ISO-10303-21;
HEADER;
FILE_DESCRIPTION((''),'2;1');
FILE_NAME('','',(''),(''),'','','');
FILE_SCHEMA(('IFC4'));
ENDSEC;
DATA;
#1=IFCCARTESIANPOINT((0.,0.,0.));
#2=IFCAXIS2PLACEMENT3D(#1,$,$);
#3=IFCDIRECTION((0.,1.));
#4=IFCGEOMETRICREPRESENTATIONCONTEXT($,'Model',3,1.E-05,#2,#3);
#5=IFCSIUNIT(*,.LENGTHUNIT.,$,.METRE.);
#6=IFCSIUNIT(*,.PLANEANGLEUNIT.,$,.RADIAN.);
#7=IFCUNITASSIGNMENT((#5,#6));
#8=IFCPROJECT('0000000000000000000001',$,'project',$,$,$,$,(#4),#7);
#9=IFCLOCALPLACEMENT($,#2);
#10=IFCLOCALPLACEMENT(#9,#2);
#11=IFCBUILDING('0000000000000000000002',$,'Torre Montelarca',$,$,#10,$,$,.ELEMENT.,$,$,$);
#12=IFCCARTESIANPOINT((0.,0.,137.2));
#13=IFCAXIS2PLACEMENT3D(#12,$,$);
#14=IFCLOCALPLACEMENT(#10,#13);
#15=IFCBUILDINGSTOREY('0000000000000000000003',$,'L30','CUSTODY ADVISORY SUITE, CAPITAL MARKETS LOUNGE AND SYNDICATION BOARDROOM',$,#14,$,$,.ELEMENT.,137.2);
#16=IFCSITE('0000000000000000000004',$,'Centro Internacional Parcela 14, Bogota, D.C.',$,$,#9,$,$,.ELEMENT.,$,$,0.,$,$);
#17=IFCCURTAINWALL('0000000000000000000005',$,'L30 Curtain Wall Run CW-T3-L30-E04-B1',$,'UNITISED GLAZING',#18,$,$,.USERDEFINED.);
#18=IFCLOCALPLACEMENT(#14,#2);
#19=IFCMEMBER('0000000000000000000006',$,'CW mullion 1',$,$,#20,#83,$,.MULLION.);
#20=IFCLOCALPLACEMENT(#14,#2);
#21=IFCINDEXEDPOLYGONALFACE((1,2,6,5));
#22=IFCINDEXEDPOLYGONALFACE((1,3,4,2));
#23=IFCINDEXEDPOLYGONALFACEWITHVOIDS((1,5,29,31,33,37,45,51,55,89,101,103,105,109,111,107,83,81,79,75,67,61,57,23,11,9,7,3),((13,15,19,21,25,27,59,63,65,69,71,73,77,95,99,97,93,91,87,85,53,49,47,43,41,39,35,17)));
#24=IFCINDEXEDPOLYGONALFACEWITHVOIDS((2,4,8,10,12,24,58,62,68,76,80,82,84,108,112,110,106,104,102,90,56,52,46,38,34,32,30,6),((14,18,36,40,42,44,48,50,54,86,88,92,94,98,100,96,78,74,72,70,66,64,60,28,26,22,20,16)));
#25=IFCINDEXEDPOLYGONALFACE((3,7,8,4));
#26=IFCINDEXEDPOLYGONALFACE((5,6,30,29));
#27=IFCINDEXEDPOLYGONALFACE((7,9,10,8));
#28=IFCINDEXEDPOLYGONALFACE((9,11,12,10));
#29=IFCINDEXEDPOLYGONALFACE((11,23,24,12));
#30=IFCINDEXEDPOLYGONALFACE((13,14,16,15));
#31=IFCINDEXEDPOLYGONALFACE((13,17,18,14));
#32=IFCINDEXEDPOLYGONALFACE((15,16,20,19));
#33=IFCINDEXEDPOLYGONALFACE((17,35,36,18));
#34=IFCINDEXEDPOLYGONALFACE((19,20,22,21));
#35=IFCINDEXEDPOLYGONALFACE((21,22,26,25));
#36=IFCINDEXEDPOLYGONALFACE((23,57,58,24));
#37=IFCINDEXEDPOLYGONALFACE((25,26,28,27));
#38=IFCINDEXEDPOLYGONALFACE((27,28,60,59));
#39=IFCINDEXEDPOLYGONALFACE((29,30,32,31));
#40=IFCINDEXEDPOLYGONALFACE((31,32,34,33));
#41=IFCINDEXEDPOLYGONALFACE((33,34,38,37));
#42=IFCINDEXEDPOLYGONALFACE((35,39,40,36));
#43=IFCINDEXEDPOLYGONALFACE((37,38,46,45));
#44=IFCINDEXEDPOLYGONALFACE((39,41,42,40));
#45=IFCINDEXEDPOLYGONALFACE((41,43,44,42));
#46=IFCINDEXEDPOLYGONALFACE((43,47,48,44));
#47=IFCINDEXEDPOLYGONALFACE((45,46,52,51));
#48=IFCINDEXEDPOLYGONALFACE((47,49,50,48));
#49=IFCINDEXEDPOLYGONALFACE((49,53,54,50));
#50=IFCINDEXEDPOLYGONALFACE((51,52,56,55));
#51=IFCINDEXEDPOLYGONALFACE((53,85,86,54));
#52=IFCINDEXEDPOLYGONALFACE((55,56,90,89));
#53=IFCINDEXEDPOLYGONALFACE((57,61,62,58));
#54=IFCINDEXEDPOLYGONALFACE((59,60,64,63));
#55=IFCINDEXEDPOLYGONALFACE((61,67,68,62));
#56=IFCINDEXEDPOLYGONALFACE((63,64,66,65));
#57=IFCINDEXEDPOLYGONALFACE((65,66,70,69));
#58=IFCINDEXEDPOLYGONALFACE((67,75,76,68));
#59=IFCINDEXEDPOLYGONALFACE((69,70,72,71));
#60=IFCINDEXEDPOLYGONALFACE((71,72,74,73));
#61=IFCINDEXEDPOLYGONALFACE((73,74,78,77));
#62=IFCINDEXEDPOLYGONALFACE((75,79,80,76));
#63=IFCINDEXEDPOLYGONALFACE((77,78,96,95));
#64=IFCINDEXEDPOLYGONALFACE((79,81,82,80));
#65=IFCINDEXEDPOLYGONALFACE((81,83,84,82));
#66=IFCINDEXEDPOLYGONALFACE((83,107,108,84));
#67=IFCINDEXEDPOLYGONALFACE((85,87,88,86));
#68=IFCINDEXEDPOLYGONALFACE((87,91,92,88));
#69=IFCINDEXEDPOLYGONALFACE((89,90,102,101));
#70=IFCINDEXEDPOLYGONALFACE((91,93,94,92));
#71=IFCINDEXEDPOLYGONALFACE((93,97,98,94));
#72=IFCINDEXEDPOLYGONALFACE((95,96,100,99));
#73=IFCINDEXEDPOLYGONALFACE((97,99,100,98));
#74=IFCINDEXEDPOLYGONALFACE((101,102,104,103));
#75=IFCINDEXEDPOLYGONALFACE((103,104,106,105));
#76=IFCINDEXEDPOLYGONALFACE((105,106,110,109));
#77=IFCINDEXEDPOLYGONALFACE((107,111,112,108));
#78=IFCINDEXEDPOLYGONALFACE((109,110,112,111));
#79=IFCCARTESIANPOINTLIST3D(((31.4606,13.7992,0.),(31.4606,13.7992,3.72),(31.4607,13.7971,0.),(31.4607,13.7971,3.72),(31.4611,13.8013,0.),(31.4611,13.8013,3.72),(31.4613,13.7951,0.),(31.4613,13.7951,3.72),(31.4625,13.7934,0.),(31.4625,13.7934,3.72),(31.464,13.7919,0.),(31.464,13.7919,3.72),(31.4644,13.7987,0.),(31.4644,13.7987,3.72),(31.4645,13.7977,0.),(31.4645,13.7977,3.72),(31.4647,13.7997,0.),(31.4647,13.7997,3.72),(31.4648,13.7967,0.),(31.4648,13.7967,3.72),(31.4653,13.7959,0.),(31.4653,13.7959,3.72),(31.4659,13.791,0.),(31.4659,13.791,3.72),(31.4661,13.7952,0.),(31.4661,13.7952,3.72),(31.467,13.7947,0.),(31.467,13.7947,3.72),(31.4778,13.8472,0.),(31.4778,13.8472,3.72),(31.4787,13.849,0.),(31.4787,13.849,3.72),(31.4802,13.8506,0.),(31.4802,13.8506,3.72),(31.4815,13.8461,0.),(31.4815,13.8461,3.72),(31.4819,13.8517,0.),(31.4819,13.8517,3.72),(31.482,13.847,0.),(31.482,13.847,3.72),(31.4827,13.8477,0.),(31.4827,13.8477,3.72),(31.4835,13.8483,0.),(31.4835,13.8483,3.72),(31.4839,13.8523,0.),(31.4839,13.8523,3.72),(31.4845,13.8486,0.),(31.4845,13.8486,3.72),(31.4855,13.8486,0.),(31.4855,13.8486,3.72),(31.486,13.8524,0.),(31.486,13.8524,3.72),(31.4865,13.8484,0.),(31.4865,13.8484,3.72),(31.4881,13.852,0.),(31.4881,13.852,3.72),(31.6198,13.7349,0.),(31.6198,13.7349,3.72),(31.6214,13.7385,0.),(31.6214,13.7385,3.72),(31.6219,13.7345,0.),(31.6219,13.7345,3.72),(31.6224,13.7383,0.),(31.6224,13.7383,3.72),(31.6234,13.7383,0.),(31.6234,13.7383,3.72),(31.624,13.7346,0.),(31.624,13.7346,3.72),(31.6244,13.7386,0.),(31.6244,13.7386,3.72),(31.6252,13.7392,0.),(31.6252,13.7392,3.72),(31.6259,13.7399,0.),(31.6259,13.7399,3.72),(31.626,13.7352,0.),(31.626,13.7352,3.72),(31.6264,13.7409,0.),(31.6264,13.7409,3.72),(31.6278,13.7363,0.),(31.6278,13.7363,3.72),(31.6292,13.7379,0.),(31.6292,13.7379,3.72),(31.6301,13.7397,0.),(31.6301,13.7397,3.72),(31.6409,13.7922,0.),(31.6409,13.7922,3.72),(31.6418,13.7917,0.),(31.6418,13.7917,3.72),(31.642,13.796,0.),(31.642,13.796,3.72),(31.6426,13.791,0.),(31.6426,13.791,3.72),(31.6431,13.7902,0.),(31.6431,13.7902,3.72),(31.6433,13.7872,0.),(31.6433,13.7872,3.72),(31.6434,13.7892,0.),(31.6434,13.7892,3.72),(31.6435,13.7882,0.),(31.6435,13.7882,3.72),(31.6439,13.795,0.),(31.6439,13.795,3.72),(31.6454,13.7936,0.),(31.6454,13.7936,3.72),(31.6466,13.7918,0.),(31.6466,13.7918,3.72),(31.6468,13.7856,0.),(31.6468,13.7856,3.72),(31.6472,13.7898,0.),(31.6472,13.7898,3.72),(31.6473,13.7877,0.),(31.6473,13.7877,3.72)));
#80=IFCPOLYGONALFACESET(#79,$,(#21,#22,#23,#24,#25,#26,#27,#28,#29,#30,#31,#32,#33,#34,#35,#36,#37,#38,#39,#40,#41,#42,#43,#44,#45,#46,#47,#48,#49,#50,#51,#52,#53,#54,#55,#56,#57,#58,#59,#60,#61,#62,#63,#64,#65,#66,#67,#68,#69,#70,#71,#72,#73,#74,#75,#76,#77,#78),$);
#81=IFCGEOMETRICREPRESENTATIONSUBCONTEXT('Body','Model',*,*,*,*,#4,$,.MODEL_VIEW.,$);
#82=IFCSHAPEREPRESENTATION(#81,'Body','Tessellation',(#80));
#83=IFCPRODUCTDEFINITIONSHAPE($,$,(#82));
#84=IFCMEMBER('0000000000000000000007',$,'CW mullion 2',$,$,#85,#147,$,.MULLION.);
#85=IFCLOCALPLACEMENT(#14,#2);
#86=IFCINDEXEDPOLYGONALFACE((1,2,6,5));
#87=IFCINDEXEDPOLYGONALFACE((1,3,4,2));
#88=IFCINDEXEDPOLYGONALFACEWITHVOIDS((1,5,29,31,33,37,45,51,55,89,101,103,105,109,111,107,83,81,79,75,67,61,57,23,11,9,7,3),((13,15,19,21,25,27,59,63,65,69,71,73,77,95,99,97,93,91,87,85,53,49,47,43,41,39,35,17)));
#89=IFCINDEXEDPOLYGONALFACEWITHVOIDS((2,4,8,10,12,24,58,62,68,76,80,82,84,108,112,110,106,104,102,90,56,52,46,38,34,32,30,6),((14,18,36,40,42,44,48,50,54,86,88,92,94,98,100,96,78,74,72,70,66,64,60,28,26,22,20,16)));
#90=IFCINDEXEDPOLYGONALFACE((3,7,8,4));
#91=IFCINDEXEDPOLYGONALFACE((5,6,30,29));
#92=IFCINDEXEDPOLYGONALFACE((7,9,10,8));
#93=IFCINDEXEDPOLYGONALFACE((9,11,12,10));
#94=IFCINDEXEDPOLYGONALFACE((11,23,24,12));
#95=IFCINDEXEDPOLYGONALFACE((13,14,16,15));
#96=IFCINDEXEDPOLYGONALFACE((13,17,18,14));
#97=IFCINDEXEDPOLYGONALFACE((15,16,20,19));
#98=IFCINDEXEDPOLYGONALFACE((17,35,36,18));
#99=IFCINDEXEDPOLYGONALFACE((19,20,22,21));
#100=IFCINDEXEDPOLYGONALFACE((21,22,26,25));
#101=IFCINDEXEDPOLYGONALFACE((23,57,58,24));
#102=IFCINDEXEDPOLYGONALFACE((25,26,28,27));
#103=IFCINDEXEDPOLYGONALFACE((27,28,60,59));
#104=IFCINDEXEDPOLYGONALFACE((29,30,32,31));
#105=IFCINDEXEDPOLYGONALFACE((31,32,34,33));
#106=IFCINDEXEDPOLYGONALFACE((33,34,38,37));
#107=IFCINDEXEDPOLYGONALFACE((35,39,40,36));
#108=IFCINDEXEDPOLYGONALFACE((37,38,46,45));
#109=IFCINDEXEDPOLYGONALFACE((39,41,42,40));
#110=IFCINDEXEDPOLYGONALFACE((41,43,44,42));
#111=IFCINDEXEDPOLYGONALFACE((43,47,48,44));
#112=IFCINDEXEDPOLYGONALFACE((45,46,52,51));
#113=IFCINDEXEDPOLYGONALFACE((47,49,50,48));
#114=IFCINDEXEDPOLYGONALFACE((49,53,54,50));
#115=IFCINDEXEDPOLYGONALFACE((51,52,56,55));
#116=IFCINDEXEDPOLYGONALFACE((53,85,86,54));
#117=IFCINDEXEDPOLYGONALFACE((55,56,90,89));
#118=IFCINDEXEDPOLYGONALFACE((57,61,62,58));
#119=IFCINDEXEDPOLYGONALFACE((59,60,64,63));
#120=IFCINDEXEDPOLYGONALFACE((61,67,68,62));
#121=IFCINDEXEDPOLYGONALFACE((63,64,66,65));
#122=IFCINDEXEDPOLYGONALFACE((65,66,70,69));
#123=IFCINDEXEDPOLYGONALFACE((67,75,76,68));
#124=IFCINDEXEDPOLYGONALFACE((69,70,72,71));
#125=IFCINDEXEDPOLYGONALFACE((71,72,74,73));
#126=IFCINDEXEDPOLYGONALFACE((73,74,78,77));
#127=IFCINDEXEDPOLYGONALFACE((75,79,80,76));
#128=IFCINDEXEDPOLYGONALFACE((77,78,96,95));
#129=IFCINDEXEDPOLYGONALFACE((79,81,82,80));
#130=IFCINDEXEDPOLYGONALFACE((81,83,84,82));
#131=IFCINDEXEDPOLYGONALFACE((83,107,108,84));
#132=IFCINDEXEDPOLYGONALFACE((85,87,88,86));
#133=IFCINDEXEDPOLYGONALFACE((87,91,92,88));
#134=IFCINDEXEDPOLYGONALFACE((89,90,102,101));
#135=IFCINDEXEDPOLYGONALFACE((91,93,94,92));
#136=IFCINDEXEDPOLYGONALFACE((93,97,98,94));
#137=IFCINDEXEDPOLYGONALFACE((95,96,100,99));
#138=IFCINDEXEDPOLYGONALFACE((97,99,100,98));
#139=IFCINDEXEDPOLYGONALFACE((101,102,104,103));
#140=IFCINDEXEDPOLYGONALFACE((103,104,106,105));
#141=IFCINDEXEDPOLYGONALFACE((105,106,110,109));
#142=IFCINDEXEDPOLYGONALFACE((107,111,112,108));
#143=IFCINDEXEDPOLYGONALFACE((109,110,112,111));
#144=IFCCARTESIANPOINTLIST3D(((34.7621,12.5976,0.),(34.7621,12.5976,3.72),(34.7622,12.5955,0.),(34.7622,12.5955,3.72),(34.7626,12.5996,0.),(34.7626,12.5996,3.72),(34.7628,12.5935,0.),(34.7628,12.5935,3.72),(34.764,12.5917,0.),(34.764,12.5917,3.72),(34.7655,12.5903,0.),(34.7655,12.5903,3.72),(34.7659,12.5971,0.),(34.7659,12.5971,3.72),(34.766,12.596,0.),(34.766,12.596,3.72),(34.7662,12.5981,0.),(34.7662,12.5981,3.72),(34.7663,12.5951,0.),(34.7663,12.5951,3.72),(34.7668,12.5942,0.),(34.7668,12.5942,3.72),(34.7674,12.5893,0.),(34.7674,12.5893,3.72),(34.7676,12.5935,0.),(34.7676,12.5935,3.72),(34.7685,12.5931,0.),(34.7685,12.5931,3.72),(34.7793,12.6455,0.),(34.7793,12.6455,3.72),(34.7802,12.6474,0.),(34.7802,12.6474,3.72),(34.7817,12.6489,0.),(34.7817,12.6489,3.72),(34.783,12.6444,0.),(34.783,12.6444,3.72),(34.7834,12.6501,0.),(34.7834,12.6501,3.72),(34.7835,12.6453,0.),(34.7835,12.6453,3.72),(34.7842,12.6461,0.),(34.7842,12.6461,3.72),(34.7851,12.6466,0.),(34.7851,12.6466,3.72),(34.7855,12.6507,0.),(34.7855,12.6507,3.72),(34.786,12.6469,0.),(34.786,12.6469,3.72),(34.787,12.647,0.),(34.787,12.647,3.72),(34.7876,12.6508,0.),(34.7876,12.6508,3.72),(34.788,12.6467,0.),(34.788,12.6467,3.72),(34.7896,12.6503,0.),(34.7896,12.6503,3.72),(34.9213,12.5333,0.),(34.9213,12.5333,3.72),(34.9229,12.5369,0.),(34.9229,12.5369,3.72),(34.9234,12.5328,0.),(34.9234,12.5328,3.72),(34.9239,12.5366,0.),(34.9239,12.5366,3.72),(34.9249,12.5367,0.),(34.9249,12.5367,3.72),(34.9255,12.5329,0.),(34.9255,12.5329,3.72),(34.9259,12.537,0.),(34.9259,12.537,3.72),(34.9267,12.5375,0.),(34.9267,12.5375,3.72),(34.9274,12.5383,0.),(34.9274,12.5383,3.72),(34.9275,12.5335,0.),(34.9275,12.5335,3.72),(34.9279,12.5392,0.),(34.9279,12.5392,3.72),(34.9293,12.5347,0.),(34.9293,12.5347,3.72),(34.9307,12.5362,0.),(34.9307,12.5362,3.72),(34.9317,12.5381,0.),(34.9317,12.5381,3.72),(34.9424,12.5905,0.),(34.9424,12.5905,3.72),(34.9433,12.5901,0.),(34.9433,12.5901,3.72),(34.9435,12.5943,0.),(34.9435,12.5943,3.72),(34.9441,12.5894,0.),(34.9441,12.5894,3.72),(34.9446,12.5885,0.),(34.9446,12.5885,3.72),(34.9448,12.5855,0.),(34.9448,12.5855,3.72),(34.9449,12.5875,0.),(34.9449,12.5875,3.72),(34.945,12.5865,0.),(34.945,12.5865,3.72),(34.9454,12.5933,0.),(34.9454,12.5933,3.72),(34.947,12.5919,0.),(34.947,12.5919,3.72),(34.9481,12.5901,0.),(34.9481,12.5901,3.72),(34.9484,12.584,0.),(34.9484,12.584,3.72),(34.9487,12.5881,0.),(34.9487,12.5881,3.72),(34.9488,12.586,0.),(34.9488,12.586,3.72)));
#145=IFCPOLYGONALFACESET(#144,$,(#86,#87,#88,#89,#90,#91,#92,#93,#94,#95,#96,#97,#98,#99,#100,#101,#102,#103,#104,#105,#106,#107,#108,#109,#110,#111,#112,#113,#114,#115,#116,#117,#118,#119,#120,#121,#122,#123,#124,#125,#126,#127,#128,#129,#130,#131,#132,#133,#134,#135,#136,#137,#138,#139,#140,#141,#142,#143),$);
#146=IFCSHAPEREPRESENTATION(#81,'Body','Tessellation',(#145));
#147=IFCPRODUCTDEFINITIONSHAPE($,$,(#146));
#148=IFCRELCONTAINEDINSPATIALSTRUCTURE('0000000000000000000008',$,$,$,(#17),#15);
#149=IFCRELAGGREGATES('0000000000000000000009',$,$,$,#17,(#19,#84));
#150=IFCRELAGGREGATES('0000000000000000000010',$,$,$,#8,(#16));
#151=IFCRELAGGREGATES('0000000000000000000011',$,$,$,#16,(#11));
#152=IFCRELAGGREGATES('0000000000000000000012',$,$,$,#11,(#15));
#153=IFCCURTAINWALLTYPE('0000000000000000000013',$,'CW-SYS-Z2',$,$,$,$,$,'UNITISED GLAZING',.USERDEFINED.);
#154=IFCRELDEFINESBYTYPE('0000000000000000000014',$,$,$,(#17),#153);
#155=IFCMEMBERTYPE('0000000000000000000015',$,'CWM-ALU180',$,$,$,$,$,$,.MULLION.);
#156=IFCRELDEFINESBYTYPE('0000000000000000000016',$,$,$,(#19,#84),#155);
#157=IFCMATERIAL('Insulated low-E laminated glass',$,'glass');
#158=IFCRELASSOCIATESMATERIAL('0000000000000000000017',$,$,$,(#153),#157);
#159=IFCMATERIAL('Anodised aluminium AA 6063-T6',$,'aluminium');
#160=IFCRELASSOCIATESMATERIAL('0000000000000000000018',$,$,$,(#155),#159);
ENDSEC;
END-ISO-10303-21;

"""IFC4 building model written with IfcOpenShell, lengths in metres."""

from ifc_helpers import new_model, si_unit, direction, frame, origin, origin_2d, place, context, subcontext, project, spatial, hollow_rectangle, extrude, source, transform, mapped, material, material_profile, profile_set, type_object, element, aggregate, save


model = new_model("IFC4")

# Units and contexts
model_context = context("Model", 3, precision=1e-05, world=origin(), true_north=direction((0.0, 1.0)))
body_context = subcontext(model_context, "Body", "Model", "MODEL_VIEW")
ifc_project = project(units=[si_unit("LENGTHUNIT", "METRE"), si_unit("PLANEANGLEUNIT", "RADIAN")], contexts=[model_context])

# Site, building, storey
site_placement = place(None, origin())
site = spatial("IfcSite", under=ifc_project, at=site_placement, Name="Centro Internacional Parcela 14, Bogota, D.C.", CompositionType="ELEMENT", RefElevation=0.0)
building_placement = place(site_placement, origin())
building = spatial("IfcBuilding", under=site, at=building_placement, Name="Torre Montelarca", CompositionType="ELEMENT")
storey_placement = place(building_placement, frame((0.0, 0.0, 137.2)))
storey = spatial("IfcBuildingStorey", under=building, at=storey_placement, Name="L30", Description="CUSTODY ADVISORY SUITE, CAPITAL MARKETS LOUNGE AND SYNDICATION BOARDROOM", CompositionType="ELEMENT", Elevation=137.2)

# Shared definitions
ifc_material_1 = material(Name="Insulated low-E laminated glass", Category="glass")
curtain_wall_type = type_object("IfcCurtainWallType", Name="CW-SYS-Z2", ElementType="UNITISED GLAZING", PredefinedType="USERDEFINED", material=ifc_material_1)
ifc_material_2 = material(Name="Anodised aluminium AA 6063-T6", Category="aluminium")

# Shared definitions
ifc_material_profile_1 = material_profile(ifc_material_2, hollow_rectangle(XDim=0.0649, YDim=0.1799, WallThickness=0.0039, InnerFilletRadius=0.0039, OuterFilletRadius=0.0081, at=origin_2d()), Name="ALU65X180X4", Category="aluminium")
ifc_profile_set_1 = profile_set([ifc_material_profile_1], Name="Anodised aluminium AA 6063-T6")
member_type_1 = type_object("IfcMemberType", Name="CWM-ALU180", PredefinedType="MULLION", material=ifc_profile_set_1)
shared_shape_1 = source(origin(), body_context, "Body", "SweptSolid", [
    extrude(hollow_rectangle(XDim=0.0649, YDim=0.1799, WallThickness=0.0039, InnerFilletRadius=0.0039, OuterFilletRadius=0.0081, at=origin_2d()), origin(), (0.0, 0.0, 1.0), 3.72),
])

# Curtain wall, members
curtain_wall_1_placement = place(storey_placement, origin())
curtain_wall_1 = element("IfcCurtainWall", 1, at=curtain_wall_1_placement, inside=storey, type_object=curtain_wall_type, Name="L30 Curtain Wall Run CW-T3-L30-E04-B1", ObjectType="UNITISED GLAZING", PredefinedType="USERDEFINED")
member_1_placement = place(storey_placement, frame((31.554, 13.7935, 0.0), z_axis=(0.0, 0.0, 1.0), x_axis=(0.342015, 0.939695, 0.0)))
member_1 = element("IfcMember", 2, at=member_1_placement, type_object=member_type_1, Name="CW mullion 1", PredefinedType="MULLION", context=body_context, shape_type="MappedRepresentation", body=[
    mapped(shared_shape_1, transform((0.0, 0.0, 0.0), scale=1.0)),
])
member_2_placement = place(storey_placement, frame((34.8555, 12.5918, 0.0), z_axis=(0.0, 0.0, 1.0), x_axis=(0.342015, 0.939695, 0.0)))
member_2 = element("IfcMember", 3, at=member_2_placement, type_object=member_type_1, Name="CW mullion 2", PredefinedType="MULLION", context=body_context, shape_type="MappedRepresentation", body=[
    mapped(shared_shape_1, transform((0.0, 0.0, 0.0), scale=1.0)),
])

aggregate(curtain_wall_1, [member_1, member_2])

save(model, "model.ifc")
